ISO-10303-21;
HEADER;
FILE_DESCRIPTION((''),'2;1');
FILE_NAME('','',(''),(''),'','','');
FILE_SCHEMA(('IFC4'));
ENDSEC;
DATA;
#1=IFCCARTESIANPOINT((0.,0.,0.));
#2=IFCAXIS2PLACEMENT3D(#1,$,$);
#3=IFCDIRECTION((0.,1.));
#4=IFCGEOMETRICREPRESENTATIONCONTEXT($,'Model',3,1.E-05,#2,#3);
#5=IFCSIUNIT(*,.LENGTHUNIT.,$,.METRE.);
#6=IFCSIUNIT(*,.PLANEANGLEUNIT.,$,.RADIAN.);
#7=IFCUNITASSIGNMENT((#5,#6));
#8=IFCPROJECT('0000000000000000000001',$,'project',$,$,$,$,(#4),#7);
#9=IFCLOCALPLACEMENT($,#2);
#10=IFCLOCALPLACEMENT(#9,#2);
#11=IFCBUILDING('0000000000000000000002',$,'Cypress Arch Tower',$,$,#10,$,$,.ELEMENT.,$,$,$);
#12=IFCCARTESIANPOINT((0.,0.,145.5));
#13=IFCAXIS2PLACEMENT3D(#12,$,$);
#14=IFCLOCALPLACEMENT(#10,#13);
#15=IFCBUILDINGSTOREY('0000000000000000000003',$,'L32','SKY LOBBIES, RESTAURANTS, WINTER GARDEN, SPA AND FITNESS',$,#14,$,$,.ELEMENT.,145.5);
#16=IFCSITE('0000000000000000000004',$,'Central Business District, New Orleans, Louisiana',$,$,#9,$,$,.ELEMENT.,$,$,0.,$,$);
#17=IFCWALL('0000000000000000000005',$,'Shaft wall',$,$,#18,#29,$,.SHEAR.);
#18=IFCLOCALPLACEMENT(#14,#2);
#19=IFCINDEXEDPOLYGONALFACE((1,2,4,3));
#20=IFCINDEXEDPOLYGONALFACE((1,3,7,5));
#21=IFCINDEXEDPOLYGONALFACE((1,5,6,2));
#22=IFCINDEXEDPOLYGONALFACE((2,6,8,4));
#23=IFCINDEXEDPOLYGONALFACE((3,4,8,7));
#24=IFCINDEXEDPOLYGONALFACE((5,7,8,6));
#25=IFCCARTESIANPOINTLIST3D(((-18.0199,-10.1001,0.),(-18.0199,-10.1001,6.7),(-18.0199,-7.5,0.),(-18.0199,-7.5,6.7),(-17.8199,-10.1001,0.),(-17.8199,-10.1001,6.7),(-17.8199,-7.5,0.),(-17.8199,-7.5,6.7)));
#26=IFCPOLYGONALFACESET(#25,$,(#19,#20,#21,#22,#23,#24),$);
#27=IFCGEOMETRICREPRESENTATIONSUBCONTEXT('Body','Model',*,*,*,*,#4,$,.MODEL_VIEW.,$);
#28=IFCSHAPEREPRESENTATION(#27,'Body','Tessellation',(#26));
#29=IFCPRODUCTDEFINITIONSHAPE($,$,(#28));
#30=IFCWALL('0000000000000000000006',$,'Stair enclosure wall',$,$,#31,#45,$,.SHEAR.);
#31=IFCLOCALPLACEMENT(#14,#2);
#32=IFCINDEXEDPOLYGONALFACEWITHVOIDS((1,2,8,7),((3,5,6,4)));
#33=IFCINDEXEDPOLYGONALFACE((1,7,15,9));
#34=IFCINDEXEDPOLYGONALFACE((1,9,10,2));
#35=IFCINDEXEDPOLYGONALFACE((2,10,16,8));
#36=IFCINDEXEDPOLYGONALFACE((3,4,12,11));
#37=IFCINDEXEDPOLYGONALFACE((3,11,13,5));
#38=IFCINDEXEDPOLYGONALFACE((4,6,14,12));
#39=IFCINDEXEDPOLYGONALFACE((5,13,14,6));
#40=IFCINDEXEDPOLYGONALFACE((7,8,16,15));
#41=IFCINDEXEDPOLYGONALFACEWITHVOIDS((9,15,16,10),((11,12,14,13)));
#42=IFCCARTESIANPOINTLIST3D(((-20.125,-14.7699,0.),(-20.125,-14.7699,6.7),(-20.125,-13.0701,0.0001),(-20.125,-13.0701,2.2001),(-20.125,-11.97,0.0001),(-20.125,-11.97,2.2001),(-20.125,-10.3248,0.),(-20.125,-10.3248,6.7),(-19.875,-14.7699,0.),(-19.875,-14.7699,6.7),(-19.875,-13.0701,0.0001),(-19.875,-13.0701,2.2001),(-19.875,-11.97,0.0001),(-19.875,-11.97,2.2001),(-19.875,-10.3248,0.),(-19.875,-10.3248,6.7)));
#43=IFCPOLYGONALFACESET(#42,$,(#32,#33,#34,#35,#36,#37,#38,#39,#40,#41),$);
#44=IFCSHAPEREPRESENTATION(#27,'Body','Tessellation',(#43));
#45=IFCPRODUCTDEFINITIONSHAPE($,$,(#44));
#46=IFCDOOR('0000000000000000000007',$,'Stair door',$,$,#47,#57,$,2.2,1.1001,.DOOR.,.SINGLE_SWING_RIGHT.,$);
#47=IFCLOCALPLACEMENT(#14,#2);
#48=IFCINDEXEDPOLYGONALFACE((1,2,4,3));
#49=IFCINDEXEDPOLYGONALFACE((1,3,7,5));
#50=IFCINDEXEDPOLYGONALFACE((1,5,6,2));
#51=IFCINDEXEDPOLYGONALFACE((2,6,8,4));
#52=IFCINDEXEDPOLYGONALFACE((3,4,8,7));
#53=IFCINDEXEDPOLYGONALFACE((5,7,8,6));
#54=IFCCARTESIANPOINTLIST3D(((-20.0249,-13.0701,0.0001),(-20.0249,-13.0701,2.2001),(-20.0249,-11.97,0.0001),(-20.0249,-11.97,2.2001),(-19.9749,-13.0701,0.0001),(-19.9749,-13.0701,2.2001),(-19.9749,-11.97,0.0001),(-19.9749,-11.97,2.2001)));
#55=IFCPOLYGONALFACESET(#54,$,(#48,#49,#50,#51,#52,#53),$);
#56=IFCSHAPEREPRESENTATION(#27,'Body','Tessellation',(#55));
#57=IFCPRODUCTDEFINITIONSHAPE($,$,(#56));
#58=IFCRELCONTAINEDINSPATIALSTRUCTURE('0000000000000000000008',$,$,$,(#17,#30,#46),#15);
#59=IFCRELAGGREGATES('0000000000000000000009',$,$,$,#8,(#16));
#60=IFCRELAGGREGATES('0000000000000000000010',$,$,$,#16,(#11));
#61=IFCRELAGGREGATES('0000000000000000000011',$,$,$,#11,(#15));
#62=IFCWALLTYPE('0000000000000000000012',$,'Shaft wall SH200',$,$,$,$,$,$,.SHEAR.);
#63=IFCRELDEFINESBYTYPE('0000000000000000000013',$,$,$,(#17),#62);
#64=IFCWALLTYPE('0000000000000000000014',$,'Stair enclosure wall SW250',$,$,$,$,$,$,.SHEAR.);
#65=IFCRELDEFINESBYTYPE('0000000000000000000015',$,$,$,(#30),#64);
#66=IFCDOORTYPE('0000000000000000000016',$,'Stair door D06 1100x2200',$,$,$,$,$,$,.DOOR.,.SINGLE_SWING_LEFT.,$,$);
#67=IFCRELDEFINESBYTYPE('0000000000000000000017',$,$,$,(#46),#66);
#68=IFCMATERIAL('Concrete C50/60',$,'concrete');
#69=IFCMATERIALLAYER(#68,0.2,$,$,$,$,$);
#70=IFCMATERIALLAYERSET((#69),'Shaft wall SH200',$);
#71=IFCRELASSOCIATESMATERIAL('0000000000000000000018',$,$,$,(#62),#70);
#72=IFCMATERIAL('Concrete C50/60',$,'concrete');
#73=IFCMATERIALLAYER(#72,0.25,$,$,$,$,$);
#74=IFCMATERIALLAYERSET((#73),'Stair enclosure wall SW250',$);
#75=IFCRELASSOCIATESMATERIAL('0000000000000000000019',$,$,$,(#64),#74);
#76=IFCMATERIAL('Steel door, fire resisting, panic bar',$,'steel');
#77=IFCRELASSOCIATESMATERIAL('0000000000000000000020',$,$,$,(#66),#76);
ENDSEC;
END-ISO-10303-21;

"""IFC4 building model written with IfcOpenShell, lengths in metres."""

from ifc_helpers import new_model, si_unit, direction, frame, frame_2d, origin, place, context, subcontext, project, spatial, rectangle, extrude, material, layer, layer_set, type_object, element, fill, save


model = new_model("IFC4")

# Units and contexts
model_context = context("Model", 3, precision=1e-05, world=origin(), true_north=direction((0.0, 1.0)))
body_context = subcontext(model_context, "Body", "Model", "MODEL_VIEW")
ifc_project = project(units=[si_unit("LENGTHUNIT", "METRE"), si_unit("PLANEANGLEUNIT", "RADIAN")], contexts=[model_context])

# Site, building, storey
site_placement = place(None, origin())
site = spatial("IfcSite", under=ifc_project, at=site_placement, Name="Central Business District, New Orleans, Louisiana", CompositionType="ELEMENT", RefElevation=0.0)
building_placement = place(site_placement, origin())
building = spatial("IfcBuilding", under=site, at=building_placement, Name="Cypress Arch Tower", CompositionType="ELEMENT")
storey_placement = place(building_placement, frame((0.0, 0.0, 145.5)))
storey = spatial("IfcBuildingStorey", under=building, at=storey_placement, Name="L32", Description="SKY LOBBIES, RESTAURANTS, WINTER GARDEN, SPA AND FITNESS", CompositionType="ELEMENT", Elevation=145.5)

# Shared definitions
ifc_material_1 = material(Name="Concrete C50/60", Category="concrete")
ifc_layer_1 = layer(ifc_material_1, 0.2)
ifc_layer_set_1 = layer_set([ifc_layer_1], Name="Shaft wall SH200")
wall_type_1 = type_object("IfcWallType", Name="Shaft wall SH200", PredefinedType="SHEAR", material=ifc_layer_set_1)

# Wall
wall_1_placement = place(storey_placement, frame((-17.9199, -10.1001, 0.0), z_axis=(0.0, 0.0, 1.0), x_axis=(0.0, 1.0, 0.0)))
element("IfcWall", 1, at=wall_1_placement, inside=storey, type_object=wall_type_1, Name="Shaft wall", PredefinedType="SHEAR", context=body_context, shape_type="SweptSolid", body=[
    extrude(rectangle(XDim=2.6001, YDim=0.2, at=frame_2d((1.3, 0.0))), origin(), (0.0, 0.0, 1.0), 6.7),
])

# Wall, opening, door
ifc_material_2 = material(Name="Concrete C50/60", Category="concrete")
ifc_layer_2 = layer(ifc_material_2, 0.25)
ifc_layer_set_2 = layer_set([ifc_layer_2], Name="Stair enclosure wall SW250")
wall_type_2 = type_object("IfcWallType", Name="Stair enclosure wall SW250", PredefinedType="SHEAR", material=ifc_layer_set_2)
wall_2_placement = place(storey_placement, frame((-20.0, -14.77, 0.0), z_axis=(0.0, 0.0, 1.0), x_axis=(0.0, 1.0, 0.0)))
wall_2 = element("IfcWall", 2, at=wall_2_placement, inside=storey, type_object=wall_type_2, Name="Stair enclosure wall", PredefinedType="SHEAR", context=body_context, shape_type="SweptSolid", body=[
    extrude(rectangle(XDim=4.4451, YDim=0.25, at=frame_2d((2.2227, 0.0))), origin(), (0.0, 0.0, 1.0), 6.7),
])
opening_1_placement = place(wall_2_placement, frame((1.7, 0.0, 0.0)))
opening_1 = element("IfcOpeningElement", 3, at=opening_1_placement, cuts=wall_2, PredefinedType="OPENING", context=body_context, shape_type="SweptSolid", body=[
    extrude(rectangle(XDim=1.1001, YDim=2.2, at=frame_2d((0.55, 1.1001))), frame((0.0, 0.135, 0.0), z_axis=(0.0, -1.0, 0.0), x_axis=(1.0, 0.0, 0.0)), (0.0, 0.0, 1.0), 0.27),
])
ifc_material_3 = material(Name="Steel door, fire resisting, panic bar", Category="steel")
door_type_1 = type_object("IfcDoorType", Name="Stair door D06 1100x2200", OperationType="SINGLE_SWING_LEFT", PredefinedType="DOOR", material=ifc_material_3)
door_1_placement = place(opening_1_placement, origin())
door_1 = element("IfcDoor", 4, at=door_1_placement, inside=storey, type_object=door_type_1, Name="Stair door", OperationType="SINGLE_SWING_RIGHT", OverallHeight=2.2, OverallWidth=1.1001, PredefinedType="DOOR", context=body_context, shape_type="SweptSolid", body=[
    extrude(rectangle(XDim=1.1001, YDim=2.2, at=frame_2d((0.55, 1.1001))), frame((0.0, 0.0249, 0.0), z_axis=(0.0, -1.0, 0.0), x_axis=(1.0, 0.0, 0.0)), (0.0, 0.0, 1.0), 0.05),
])
fill(opening_1, door_1)

save(model, "model.ifc")
